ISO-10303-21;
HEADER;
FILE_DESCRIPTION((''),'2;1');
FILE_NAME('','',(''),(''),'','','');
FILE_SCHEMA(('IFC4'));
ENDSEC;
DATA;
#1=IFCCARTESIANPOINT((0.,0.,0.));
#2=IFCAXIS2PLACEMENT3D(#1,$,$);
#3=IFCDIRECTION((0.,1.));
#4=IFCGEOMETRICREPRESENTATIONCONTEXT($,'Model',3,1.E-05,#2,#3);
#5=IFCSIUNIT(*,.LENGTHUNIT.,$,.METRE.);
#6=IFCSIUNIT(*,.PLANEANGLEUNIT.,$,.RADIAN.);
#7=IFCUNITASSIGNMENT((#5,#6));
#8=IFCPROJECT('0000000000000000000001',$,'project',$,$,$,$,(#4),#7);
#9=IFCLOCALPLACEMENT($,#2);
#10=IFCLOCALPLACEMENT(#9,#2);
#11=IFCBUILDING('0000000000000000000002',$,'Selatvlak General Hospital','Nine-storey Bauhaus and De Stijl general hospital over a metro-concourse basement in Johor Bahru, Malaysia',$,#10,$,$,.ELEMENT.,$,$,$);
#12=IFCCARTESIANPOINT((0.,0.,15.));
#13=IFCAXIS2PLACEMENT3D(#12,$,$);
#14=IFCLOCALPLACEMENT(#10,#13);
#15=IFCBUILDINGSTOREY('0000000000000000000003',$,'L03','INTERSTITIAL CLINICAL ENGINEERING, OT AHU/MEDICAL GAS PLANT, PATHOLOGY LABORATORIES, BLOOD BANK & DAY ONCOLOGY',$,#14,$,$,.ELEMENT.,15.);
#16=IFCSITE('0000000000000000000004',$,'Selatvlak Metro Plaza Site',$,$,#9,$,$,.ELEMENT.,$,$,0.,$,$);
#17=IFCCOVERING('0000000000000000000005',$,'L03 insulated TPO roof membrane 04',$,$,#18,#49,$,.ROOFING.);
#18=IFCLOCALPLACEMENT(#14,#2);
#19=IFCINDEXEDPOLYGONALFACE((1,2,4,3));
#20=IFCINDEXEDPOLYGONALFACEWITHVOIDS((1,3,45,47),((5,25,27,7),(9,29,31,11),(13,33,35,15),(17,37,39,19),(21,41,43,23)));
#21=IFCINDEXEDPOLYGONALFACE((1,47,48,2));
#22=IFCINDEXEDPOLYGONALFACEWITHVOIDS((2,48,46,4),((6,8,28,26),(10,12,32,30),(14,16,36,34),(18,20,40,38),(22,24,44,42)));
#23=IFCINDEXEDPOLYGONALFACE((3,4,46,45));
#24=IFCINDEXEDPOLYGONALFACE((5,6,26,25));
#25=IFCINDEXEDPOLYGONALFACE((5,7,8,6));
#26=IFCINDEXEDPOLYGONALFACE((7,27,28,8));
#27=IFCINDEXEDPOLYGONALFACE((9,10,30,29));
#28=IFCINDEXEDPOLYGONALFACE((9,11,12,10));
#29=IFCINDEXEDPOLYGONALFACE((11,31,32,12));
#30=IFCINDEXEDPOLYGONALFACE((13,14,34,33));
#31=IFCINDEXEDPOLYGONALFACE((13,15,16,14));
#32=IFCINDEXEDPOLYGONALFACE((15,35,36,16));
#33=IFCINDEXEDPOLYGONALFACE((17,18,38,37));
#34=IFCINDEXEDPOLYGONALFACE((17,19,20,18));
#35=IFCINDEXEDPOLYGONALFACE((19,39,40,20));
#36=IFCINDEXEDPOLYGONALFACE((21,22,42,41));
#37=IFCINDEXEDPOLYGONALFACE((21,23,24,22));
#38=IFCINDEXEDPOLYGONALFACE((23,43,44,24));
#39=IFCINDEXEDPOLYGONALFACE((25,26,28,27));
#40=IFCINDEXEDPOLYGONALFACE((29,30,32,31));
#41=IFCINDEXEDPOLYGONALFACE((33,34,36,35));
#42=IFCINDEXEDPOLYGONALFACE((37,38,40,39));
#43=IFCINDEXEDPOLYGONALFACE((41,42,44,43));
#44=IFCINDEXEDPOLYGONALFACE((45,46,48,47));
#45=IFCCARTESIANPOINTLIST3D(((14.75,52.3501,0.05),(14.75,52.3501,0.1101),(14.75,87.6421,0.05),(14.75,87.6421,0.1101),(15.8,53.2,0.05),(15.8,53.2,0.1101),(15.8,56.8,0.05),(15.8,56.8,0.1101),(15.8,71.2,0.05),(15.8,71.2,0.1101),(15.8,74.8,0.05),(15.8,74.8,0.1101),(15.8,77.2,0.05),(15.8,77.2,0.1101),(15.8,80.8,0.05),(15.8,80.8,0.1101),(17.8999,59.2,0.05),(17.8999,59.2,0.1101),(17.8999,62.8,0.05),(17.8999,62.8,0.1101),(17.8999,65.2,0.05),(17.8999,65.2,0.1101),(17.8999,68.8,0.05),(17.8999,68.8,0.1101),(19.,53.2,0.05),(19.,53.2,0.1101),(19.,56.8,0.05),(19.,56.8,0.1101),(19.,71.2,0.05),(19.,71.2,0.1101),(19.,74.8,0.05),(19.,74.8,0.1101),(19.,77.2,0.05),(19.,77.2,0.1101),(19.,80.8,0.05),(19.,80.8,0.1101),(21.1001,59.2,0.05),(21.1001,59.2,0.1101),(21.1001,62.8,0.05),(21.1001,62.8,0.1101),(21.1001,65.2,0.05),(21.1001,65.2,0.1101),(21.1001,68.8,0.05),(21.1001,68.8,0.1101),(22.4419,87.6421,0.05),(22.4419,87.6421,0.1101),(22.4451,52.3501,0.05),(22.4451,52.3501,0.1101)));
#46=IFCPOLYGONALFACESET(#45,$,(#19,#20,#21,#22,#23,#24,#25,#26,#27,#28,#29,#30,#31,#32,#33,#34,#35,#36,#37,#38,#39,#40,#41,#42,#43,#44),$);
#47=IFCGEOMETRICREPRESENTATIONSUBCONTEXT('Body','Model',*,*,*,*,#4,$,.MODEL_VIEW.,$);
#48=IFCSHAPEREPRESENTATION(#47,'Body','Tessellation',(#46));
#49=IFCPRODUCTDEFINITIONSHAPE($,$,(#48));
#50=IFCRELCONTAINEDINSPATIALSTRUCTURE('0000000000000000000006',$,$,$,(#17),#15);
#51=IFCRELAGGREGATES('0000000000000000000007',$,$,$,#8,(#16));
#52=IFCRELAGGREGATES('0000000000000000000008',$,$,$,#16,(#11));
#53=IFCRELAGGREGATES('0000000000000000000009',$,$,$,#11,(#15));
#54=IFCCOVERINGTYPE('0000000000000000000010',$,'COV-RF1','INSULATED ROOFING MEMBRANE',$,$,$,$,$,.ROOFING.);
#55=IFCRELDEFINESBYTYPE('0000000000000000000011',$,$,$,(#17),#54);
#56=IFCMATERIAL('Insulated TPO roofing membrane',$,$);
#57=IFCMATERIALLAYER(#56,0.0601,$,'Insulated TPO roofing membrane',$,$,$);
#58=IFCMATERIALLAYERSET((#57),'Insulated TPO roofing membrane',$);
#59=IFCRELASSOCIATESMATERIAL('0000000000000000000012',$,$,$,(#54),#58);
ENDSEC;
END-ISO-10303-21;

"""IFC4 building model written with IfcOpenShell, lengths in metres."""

from ifc_helpers import new_model, si_unit, direction, frame, origin, place, context, subcontext, project, spatial, polyline, outline, extrude, material, layer, layer_set, type_object, element, save


model = new_model("IFC4")

# Units and contexts
model_context = context("Model", 3, precision=1e-05, world=origin(), true_north=direction((0.0, 1.0)))
body_context = subcontext(model_context, "Body", "Model", "MODEL_VIEW")
ifc_project = project(units=[si_unit("LENGTHUNIT", "METRE"), si_unit("PLANEANGLEUNIT", "RADIAN")], contexts=[model_context])

# Site, building, storey
site_placement = place(None, origin())
site = spatial("IfcSite", under=ifc_project, at=site_placement, Name="Selatvlak Metro Plaza Site", CompositionType="ELEMENT", RefElevation=0.0)
building_placement = place(site_placement, origin())
building = spatial("IfcBuilding", under=site, at=building_placement, Name="Selatvlak General Hospital", Description="Nine-storey Bauhaus and De Stijl general hospital over a metro-concourse basement in Johor Bahru, Malaysia", CompositionType="ELEMENT")
storey_placement = place(building_placement, frame((0.0, 0.0, 15.0)))
storey = spatial("IfcBuildingStorey", under=building, at=storey_placement, Name="L03", Description="INTERSTITIAL CLINICAL ENGINEERING, OT AHU/MEDICAL GAS PLANT, PATHOLOGY LABORATORIES, BLOOD BANK & DAY ONCOLOGY", CompositionType="ELEMENT", Elevation=15.0)

# Covering
ifc_material_1 = material(Name="Insulated TPO roofing membrane")
ifc_layer_1 = layer(ifc_material_1, 0.0601, Name="Insulated TPO roofing membrane")
ifc_layer_set_1 = layer_set([ifc_layer_1], Name="Insulated TPO roofing membrane")
covering_type_1 = type_object("IfcCoveringType", Name="COV-RF1", Description="INSULATED ROOFING MEMBRANE", PredefinedType="ROOFING", material=ifc_layer_set_1)
covering_1_placement = place(storey_placement, frame((0.0, 0.0, 0.05)))
element("IfcCovering", 1, at=covering_1_placement, inside=storey, type_object=covering_type_1, Name="L03 insulated TPO roof membrane 04", PredefinedType="ROOFING", context=body_context, shape_type="SweptSolid", body=[
    extrude(outline(polyline([(14.75, 52.3501), (14.75, 87.6421), (22.4419, 87.6421), (22.4451, 52.3501), (14.75, 52.3501)]), holes=[polyline([(19.0, 56.8), (15.8, 56.8), (15.8, 53.2), (19.0, 53.2), (19.0, 56.8)]), polyline([(21.1001, 59.2), (21.1001, 62.8), (17.8999, 62.8), (17.8999, 59.2), (21.1001, 59.2)]), polyline([(17.8999, 65.2), (21.1001, 65.2), (21.1001, 68.8), (17.8999, 68.8), (17.8999, 65.2)]), polyline([(15.8, 74.8), (15.8, 71.2), (19.0, 71.2), (19.0, 74.8), (15.8, 74.8)]), polyline([(19.0, 80.8), (15.8, 80.8), (15.8, 77.2), (19.0, 77.2), (19.0, 80.8)])]), origin(), (0.0, 0.0, 1.0), 0.0601),
])

save(model, "model.ifc")
